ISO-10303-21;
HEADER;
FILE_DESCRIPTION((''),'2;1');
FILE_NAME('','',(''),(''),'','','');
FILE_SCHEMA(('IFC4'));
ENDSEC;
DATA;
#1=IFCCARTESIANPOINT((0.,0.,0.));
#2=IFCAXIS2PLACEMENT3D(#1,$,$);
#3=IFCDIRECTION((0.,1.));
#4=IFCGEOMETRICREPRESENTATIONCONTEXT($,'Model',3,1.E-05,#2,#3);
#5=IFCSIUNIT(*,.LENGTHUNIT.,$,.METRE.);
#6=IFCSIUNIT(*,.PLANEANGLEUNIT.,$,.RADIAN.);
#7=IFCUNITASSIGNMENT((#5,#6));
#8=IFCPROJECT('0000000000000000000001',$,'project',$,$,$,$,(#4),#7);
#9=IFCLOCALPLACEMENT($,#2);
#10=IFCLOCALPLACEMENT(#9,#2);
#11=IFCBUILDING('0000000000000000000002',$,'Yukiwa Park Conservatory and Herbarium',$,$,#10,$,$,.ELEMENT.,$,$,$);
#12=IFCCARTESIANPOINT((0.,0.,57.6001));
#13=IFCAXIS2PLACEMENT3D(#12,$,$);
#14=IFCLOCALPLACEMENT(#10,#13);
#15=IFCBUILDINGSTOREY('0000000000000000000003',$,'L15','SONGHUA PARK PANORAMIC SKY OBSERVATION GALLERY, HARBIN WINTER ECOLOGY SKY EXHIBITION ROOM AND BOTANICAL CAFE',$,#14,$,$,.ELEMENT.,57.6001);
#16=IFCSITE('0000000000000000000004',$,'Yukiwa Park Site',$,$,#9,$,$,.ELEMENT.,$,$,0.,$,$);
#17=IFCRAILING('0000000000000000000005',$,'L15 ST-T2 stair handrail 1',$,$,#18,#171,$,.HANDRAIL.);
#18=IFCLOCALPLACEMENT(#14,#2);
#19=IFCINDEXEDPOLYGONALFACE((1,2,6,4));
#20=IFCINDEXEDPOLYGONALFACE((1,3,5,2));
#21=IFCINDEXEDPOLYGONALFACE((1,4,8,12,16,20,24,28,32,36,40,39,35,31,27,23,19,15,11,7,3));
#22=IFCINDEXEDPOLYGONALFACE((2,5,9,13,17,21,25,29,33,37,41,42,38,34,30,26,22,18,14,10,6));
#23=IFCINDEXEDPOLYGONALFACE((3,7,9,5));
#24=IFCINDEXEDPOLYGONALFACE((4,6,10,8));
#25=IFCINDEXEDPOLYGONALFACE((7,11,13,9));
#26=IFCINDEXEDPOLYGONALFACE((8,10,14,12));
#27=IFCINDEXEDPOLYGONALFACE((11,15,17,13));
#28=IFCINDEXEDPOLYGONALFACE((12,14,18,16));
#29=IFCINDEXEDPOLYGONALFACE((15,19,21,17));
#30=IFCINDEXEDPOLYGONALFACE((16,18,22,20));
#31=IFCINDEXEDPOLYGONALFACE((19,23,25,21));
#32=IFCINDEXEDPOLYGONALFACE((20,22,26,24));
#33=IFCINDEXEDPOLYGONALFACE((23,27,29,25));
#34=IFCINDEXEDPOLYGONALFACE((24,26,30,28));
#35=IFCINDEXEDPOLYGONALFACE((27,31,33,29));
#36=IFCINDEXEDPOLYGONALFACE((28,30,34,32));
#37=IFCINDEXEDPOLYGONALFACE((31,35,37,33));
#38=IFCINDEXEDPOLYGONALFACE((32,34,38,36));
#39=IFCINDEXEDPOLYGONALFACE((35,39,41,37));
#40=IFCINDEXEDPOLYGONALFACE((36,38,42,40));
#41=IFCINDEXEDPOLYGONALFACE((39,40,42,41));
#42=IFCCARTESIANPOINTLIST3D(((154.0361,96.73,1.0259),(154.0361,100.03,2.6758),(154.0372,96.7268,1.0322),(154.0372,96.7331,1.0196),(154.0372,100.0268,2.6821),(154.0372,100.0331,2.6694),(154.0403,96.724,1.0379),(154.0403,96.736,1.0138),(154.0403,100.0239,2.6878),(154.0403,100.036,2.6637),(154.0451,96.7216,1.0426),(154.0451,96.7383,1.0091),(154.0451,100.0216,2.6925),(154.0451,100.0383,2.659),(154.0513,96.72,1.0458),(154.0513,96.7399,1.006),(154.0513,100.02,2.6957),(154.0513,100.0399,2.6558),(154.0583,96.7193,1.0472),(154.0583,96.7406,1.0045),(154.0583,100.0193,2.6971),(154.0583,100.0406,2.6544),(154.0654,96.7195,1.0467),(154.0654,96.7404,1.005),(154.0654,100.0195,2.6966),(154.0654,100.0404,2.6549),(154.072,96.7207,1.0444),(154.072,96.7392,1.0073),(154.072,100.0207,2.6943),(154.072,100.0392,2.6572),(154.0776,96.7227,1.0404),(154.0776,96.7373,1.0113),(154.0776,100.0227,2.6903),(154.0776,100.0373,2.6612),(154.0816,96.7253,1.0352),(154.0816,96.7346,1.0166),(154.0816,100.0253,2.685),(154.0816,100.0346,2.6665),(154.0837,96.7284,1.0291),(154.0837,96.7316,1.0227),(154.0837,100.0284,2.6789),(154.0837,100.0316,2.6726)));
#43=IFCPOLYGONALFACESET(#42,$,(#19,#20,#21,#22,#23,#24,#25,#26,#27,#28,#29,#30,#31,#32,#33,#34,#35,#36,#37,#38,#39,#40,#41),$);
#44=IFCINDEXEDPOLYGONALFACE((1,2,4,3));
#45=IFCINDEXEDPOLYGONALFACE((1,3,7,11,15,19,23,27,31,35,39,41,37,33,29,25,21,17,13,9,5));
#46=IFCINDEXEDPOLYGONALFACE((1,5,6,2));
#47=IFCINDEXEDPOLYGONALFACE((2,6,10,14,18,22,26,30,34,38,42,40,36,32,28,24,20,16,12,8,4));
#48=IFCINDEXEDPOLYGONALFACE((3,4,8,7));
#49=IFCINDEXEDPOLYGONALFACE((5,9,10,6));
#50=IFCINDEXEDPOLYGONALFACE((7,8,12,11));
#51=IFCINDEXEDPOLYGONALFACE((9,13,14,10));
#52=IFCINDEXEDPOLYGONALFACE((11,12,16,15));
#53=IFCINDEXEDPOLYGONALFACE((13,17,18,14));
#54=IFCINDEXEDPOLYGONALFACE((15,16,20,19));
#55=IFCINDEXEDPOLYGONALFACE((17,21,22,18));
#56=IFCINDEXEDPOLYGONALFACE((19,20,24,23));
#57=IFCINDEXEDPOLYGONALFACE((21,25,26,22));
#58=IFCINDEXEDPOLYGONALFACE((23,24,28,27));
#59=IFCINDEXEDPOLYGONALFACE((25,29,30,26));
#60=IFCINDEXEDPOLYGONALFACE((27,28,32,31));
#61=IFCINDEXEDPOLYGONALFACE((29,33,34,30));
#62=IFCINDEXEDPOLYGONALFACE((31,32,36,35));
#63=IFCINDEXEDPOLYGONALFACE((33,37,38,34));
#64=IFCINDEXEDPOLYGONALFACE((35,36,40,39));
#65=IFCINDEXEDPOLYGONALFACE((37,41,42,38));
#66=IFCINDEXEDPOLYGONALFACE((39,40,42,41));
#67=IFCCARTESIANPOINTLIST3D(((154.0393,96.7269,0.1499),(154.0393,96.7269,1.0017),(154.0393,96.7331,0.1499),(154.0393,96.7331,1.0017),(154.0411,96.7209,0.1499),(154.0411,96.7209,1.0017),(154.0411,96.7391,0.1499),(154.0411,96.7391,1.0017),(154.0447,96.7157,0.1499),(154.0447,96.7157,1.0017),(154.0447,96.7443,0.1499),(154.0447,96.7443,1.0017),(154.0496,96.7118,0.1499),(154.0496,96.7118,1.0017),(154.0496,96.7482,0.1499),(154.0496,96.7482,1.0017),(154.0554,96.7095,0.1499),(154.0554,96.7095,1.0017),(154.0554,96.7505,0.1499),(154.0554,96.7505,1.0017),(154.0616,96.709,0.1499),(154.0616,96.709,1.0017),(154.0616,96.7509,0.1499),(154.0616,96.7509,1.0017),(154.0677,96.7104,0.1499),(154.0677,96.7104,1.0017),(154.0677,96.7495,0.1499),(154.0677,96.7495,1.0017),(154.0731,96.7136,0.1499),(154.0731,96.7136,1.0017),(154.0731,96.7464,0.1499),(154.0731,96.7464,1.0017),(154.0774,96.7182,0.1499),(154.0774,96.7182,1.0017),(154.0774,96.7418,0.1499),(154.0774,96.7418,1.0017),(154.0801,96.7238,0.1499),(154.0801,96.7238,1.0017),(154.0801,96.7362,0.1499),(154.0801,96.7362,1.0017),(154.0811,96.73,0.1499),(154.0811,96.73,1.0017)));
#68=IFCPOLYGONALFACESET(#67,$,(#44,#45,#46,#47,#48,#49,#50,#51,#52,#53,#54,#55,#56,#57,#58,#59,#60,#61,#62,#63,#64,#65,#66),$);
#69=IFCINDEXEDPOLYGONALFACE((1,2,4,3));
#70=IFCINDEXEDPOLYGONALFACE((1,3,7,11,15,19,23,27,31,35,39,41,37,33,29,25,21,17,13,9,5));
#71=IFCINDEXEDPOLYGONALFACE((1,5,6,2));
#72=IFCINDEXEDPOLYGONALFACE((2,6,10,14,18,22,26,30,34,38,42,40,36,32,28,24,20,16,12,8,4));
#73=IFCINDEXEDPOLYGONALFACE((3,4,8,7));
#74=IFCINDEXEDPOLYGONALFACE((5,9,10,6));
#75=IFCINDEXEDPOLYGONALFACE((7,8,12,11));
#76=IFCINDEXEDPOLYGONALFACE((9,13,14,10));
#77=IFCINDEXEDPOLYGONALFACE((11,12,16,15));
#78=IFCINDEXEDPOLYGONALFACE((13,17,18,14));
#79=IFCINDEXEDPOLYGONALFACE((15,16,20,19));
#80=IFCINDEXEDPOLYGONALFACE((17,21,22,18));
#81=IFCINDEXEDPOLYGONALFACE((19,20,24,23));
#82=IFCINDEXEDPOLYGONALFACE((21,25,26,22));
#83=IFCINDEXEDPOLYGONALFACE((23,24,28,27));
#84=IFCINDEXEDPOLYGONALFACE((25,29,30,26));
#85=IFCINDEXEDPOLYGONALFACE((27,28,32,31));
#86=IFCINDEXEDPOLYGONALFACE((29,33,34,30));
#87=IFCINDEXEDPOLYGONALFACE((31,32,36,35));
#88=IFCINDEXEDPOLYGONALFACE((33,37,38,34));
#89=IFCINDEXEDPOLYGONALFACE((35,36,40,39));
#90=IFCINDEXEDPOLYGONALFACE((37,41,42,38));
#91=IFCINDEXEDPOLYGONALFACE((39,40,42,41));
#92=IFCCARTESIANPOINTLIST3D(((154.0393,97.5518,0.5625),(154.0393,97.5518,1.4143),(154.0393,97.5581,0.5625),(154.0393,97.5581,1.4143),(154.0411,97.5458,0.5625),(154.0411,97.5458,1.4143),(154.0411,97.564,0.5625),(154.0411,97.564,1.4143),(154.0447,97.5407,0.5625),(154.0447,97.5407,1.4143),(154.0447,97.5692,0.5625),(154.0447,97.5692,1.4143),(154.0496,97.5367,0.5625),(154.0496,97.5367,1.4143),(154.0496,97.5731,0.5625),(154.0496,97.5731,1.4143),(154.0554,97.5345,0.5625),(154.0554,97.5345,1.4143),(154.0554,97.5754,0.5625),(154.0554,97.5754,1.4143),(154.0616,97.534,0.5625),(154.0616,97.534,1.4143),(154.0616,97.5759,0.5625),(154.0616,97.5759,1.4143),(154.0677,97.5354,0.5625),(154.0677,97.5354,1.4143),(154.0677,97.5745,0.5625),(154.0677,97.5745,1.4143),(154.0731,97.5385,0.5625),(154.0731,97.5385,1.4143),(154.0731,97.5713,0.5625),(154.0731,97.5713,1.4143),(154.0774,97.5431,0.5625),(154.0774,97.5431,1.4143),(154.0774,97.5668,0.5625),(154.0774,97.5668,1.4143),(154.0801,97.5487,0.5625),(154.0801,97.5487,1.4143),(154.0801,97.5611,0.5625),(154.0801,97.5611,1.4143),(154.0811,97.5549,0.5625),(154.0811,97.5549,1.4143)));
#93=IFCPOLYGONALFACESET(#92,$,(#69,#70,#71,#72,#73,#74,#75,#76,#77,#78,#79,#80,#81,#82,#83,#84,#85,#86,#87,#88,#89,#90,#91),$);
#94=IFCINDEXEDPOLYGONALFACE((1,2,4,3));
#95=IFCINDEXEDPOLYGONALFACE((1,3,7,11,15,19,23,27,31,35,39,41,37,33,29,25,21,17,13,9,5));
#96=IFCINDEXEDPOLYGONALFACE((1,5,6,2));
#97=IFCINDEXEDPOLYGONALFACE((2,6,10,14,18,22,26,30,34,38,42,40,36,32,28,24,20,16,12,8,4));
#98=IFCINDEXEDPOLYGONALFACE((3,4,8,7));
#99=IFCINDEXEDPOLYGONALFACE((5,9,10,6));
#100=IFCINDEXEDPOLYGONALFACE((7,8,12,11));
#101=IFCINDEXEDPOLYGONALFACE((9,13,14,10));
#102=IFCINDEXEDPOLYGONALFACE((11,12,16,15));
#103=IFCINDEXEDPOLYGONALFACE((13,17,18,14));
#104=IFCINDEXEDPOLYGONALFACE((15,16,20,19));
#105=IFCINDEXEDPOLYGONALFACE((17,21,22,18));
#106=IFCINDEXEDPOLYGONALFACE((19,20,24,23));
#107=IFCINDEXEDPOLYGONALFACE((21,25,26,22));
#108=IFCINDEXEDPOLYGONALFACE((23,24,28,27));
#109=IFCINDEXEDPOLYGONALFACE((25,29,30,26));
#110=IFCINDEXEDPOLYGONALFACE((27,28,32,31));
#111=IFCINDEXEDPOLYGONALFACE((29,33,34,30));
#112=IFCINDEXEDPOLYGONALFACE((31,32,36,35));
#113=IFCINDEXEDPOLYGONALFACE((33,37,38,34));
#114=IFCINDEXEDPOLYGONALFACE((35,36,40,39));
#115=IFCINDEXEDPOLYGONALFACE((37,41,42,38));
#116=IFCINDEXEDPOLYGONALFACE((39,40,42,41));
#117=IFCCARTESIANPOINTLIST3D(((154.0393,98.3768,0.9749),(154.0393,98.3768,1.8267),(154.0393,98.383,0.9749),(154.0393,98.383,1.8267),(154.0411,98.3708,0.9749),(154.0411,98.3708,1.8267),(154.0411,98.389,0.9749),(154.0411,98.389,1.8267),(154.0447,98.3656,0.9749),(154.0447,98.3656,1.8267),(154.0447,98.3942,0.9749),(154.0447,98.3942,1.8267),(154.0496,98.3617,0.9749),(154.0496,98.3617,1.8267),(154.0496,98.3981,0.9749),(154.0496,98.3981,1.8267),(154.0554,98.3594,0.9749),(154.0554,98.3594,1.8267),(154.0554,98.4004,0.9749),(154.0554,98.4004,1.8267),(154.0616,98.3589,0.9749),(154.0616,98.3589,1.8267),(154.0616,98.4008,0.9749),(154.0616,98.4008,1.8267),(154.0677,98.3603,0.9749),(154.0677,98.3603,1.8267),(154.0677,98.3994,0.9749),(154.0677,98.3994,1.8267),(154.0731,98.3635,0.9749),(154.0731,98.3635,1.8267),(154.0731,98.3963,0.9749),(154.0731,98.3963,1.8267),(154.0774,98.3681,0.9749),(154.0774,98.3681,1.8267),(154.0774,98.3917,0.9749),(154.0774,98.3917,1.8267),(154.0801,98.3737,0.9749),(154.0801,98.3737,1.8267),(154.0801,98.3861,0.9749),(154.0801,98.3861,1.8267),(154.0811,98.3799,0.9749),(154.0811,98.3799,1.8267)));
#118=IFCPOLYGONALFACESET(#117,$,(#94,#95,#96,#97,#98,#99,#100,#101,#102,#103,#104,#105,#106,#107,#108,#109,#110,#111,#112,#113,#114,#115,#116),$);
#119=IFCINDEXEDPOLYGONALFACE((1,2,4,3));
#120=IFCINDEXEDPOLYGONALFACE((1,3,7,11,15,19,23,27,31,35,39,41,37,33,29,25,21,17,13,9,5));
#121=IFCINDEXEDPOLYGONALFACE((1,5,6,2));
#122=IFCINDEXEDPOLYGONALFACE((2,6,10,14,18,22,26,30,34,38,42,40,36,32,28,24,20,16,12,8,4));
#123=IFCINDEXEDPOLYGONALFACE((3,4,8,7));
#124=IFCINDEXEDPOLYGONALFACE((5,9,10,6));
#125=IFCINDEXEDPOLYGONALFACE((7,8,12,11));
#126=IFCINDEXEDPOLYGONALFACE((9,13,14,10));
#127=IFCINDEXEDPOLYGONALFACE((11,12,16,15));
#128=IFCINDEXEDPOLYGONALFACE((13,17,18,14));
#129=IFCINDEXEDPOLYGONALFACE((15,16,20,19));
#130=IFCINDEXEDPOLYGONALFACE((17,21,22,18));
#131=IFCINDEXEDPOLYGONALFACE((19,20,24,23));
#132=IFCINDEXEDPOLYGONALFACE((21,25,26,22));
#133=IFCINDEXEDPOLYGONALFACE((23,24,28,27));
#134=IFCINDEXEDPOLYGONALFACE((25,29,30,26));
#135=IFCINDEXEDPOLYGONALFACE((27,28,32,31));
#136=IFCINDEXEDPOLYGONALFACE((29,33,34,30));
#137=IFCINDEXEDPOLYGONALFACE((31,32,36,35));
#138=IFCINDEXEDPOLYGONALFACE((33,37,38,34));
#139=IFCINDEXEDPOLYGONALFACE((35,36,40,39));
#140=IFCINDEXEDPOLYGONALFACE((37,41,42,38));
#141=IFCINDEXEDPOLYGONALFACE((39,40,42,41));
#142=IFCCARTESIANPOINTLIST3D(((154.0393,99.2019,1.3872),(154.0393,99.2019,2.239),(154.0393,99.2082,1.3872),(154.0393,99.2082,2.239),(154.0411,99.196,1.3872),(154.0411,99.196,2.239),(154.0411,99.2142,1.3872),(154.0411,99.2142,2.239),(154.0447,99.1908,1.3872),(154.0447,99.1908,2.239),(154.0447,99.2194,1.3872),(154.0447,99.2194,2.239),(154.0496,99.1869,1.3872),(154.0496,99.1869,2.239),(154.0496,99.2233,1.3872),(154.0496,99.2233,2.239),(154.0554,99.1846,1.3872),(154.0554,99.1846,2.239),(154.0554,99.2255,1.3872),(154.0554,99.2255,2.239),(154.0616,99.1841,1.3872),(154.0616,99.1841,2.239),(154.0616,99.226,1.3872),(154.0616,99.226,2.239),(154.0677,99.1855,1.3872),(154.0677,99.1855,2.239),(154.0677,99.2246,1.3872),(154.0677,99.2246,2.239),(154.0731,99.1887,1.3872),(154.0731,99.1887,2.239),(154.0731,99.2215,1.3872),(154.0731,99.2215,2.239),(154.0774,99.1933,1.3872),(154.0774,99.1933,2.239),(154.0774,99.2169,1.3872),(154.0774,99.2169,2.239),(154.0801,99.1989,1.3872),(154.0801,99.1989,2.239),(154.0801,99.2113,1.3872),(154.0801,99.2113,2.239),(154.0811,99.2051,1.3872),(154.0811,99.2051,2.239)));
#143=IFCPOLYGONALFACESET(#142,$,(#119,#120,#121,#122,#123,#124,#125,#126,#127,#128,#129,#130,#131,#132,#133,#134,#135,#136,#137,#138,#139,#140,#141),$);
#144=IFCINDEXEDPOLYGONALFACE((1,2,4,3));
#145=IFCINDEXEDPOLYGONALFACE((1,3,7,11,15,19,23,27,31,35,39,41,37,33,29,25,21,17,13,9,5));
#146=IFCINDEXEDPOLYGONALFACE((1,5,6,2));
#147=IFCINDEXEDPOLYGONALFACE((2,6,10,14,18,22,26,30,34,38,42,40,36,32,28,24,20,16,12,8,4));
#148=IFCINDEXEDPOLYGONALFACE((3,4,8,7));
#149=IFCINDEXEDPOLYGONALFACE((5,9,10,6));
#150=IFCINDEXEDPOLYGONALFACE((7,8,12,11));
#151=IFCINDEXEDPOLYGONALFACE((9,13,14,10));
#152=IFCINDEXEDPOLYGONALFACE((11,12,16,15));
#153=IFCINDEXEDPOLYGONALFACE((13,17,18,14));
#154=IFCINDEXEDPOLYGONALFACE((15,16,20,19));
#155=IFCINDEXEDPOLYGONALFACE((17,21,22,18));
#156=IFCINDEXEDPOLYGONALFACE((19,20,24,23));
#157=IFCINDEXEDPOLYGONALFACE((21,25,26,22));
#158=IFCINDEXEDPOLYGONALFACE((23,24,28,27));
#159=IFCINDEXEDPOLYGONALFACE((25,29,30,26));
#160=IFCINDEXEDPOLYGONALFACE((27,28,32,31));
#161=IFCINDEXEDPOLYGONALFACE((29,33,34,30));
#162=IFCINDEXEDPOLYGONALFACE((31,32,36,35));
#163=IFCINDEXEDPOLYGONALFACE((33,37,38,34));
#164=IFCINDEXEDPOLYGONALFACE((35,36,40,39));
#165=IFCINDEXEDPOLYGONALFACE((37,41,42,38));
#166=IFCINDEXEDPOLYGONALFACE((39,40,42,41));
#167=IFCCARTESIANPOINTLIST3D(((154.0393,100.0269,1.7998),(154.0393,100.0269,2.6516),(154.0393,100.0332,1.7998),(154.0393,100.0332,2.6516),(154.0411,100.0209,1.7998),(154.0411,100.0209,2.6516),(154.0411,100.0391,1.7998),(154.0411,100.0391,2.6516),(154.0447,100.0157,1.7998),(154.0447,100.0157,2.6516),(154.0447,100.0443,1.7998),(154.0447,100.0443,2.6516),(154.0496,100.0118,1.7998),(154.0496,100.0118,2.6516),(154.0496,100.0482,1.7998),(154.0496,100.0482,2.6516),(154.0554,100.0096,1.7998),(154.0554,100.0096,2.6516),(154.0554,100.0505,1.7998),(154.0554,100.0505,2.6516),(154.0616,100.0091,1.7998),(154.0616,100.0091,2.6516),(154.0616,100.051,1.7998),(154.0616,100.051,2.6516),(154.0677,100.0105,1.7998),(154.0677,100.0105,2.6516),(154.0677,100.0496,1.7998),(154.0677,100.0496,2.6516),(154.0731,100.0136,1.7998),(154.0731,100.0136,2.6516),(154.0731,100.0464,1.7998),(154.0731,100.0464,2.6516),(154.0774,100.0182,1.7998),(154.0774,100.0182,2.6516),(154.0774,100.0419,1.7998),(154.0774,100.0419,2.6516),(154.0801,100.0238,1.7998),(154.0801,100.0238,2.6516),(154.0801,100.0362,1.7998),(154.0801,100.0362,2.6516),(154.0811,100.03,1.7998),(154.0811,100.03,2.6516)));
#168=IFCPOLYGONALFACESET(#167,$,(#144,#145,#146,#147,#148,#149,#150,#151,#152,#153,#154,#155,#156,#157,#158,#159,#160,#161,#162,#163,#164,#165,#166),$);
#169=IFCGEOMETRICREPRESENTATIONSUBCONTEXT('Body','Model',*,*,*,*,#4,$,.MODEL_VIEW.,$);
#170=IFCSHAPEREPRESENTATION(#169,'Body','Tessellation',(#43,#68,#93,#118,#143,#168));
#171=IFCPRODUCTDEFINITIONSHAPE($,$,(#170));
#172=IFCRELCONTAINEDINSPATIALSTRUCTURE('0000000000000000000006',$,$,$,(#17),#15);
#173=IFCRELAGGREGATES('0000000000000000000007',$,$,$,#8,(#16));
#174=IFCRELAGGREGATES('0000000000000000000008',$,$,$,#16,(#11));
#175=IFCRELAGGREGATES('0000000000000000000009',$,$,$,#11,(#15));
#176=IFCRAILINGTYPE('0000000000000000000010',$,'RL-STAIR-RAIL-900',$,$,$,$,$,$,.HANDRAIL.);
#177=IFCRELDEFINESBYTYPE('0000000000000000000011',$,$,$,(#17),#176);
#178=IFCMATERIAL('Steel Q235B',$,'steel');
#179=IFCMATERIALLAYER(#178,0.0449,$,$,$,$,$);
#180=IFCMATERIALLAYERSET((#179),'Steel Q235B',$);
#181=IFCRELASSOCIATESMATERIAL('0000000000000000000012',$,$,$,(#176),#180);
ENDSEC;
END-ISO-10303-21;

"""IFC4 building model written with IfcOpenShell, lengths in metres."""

from ifc_helpers import new_model, si_unit, direction, frame, origin, origin_2d, place, context, subcontext, project, spatial, circle, extrude, material, layer, layer_set, type_object, element, save


model = new_model("IFC4")

# Units and contexts
model_context = context("Model", 3, precision=1e-05, world=origin(), true_north=direction((0.0, 1.0)))
body_context = subcontext(model_context, "Body", "Model", "MODEL_VIEW")
ifc_project = project(units=[si_unit("LENGTHUNIT", "METRE"), si_unit("PLANEANGLEUNIT", "RADIAN")], contexts=[model_context])

# Site, building, storey
site_placement = place(None, origin())
site = spatial("IfcSite", under=ifc_project, at=site_placement, Name="Yukiwa Park Site", CompositionType="ELEMENT", RefElevation=0.0)
building_placement = place(site_placement, origin())
building = spatial("IfcBuilding", under=site, at=building_placement, Name="Yukiwa Park Conservatory and Herbarium", CompositionType="ELEMENT")
storey_placement = place(building_placement, frame((0.0, 0.0, 57.6001)))
storey = spatial("IfcBuildingStorey", under=building, at=storey_placement, Name="L15", Description="SONGHUA PARK PANORAMIC SKY OBSERVATION GALLERY, HARBIN WINTER ECOLOGY SKY EXHIBITION ROOM AND BOTANICAL CAFE", CompositionType="ELEMENT", Elevation=57.6001)

# Railing
ifc_material_1 = material(Name="Steel Q235B", Category="steel")
ifc_layer_1 = layer(ifc_material_1, 0.0449)
ifc_layer_set_1 = layer_set([ifc_layer_1], Name="Steel Q235B")
railing_type_1 = type_object("IfcRailingType", Name="RL-STAIR-RAIL-900", PredefinedType="HANDRAIL", material=ifc_layer_set_1)
railing_1_placement = place(storey_placement, frame((154.0601, 96.73, 0.1499)))
element("IfcRailing", 1, at=railing_1_placement, inside=storey, type_object=railing_type_1, Name="L15 ST-T2 stair handrail 1", PredefinedType="HANDRAIL", context=body_context, shape_type="SweptSolid", body=[
    extrude(circle(Radius=0.0239, at=origin_2d()), frame((0.0, 0.0, 0.876), z_axis=(0.0, 0.89444, 0.447187), x_axis=(-1.0, 0.0, 0.0)), (0.0, 0.0, 1.0), 3.6895),
    extrude(circle(Radius=0.021, at=origin_2d()), origin(), (0.0, 0.0, 1.0), 0.8518),
    extrude(circle(Radius=0.021, at=origin_2d()), frame((0.0, 0.825, 0.4126)), (0.0, 0.0, 1.0), 0.8518),
    extrude(circle(Radius=0.021, at=origin_2d()), frame((0.0, 1.6499, 0.825)), (0.0, 0.0, 1.0), 0.8518),
    extrude(circle(Radius=0.021, at=origin_2d()), frame((0.0, 2.4751, 1.2373)), (0.0, 0.0, 1.0), 0.8518),
    extrude(circle(Radius=0.021, at=origin_2d()), frame((0.0, 3.3, 1.6499)), (0.0, 0.0, 1.0), 0.8518),
])

save(model, "model.ifc")
